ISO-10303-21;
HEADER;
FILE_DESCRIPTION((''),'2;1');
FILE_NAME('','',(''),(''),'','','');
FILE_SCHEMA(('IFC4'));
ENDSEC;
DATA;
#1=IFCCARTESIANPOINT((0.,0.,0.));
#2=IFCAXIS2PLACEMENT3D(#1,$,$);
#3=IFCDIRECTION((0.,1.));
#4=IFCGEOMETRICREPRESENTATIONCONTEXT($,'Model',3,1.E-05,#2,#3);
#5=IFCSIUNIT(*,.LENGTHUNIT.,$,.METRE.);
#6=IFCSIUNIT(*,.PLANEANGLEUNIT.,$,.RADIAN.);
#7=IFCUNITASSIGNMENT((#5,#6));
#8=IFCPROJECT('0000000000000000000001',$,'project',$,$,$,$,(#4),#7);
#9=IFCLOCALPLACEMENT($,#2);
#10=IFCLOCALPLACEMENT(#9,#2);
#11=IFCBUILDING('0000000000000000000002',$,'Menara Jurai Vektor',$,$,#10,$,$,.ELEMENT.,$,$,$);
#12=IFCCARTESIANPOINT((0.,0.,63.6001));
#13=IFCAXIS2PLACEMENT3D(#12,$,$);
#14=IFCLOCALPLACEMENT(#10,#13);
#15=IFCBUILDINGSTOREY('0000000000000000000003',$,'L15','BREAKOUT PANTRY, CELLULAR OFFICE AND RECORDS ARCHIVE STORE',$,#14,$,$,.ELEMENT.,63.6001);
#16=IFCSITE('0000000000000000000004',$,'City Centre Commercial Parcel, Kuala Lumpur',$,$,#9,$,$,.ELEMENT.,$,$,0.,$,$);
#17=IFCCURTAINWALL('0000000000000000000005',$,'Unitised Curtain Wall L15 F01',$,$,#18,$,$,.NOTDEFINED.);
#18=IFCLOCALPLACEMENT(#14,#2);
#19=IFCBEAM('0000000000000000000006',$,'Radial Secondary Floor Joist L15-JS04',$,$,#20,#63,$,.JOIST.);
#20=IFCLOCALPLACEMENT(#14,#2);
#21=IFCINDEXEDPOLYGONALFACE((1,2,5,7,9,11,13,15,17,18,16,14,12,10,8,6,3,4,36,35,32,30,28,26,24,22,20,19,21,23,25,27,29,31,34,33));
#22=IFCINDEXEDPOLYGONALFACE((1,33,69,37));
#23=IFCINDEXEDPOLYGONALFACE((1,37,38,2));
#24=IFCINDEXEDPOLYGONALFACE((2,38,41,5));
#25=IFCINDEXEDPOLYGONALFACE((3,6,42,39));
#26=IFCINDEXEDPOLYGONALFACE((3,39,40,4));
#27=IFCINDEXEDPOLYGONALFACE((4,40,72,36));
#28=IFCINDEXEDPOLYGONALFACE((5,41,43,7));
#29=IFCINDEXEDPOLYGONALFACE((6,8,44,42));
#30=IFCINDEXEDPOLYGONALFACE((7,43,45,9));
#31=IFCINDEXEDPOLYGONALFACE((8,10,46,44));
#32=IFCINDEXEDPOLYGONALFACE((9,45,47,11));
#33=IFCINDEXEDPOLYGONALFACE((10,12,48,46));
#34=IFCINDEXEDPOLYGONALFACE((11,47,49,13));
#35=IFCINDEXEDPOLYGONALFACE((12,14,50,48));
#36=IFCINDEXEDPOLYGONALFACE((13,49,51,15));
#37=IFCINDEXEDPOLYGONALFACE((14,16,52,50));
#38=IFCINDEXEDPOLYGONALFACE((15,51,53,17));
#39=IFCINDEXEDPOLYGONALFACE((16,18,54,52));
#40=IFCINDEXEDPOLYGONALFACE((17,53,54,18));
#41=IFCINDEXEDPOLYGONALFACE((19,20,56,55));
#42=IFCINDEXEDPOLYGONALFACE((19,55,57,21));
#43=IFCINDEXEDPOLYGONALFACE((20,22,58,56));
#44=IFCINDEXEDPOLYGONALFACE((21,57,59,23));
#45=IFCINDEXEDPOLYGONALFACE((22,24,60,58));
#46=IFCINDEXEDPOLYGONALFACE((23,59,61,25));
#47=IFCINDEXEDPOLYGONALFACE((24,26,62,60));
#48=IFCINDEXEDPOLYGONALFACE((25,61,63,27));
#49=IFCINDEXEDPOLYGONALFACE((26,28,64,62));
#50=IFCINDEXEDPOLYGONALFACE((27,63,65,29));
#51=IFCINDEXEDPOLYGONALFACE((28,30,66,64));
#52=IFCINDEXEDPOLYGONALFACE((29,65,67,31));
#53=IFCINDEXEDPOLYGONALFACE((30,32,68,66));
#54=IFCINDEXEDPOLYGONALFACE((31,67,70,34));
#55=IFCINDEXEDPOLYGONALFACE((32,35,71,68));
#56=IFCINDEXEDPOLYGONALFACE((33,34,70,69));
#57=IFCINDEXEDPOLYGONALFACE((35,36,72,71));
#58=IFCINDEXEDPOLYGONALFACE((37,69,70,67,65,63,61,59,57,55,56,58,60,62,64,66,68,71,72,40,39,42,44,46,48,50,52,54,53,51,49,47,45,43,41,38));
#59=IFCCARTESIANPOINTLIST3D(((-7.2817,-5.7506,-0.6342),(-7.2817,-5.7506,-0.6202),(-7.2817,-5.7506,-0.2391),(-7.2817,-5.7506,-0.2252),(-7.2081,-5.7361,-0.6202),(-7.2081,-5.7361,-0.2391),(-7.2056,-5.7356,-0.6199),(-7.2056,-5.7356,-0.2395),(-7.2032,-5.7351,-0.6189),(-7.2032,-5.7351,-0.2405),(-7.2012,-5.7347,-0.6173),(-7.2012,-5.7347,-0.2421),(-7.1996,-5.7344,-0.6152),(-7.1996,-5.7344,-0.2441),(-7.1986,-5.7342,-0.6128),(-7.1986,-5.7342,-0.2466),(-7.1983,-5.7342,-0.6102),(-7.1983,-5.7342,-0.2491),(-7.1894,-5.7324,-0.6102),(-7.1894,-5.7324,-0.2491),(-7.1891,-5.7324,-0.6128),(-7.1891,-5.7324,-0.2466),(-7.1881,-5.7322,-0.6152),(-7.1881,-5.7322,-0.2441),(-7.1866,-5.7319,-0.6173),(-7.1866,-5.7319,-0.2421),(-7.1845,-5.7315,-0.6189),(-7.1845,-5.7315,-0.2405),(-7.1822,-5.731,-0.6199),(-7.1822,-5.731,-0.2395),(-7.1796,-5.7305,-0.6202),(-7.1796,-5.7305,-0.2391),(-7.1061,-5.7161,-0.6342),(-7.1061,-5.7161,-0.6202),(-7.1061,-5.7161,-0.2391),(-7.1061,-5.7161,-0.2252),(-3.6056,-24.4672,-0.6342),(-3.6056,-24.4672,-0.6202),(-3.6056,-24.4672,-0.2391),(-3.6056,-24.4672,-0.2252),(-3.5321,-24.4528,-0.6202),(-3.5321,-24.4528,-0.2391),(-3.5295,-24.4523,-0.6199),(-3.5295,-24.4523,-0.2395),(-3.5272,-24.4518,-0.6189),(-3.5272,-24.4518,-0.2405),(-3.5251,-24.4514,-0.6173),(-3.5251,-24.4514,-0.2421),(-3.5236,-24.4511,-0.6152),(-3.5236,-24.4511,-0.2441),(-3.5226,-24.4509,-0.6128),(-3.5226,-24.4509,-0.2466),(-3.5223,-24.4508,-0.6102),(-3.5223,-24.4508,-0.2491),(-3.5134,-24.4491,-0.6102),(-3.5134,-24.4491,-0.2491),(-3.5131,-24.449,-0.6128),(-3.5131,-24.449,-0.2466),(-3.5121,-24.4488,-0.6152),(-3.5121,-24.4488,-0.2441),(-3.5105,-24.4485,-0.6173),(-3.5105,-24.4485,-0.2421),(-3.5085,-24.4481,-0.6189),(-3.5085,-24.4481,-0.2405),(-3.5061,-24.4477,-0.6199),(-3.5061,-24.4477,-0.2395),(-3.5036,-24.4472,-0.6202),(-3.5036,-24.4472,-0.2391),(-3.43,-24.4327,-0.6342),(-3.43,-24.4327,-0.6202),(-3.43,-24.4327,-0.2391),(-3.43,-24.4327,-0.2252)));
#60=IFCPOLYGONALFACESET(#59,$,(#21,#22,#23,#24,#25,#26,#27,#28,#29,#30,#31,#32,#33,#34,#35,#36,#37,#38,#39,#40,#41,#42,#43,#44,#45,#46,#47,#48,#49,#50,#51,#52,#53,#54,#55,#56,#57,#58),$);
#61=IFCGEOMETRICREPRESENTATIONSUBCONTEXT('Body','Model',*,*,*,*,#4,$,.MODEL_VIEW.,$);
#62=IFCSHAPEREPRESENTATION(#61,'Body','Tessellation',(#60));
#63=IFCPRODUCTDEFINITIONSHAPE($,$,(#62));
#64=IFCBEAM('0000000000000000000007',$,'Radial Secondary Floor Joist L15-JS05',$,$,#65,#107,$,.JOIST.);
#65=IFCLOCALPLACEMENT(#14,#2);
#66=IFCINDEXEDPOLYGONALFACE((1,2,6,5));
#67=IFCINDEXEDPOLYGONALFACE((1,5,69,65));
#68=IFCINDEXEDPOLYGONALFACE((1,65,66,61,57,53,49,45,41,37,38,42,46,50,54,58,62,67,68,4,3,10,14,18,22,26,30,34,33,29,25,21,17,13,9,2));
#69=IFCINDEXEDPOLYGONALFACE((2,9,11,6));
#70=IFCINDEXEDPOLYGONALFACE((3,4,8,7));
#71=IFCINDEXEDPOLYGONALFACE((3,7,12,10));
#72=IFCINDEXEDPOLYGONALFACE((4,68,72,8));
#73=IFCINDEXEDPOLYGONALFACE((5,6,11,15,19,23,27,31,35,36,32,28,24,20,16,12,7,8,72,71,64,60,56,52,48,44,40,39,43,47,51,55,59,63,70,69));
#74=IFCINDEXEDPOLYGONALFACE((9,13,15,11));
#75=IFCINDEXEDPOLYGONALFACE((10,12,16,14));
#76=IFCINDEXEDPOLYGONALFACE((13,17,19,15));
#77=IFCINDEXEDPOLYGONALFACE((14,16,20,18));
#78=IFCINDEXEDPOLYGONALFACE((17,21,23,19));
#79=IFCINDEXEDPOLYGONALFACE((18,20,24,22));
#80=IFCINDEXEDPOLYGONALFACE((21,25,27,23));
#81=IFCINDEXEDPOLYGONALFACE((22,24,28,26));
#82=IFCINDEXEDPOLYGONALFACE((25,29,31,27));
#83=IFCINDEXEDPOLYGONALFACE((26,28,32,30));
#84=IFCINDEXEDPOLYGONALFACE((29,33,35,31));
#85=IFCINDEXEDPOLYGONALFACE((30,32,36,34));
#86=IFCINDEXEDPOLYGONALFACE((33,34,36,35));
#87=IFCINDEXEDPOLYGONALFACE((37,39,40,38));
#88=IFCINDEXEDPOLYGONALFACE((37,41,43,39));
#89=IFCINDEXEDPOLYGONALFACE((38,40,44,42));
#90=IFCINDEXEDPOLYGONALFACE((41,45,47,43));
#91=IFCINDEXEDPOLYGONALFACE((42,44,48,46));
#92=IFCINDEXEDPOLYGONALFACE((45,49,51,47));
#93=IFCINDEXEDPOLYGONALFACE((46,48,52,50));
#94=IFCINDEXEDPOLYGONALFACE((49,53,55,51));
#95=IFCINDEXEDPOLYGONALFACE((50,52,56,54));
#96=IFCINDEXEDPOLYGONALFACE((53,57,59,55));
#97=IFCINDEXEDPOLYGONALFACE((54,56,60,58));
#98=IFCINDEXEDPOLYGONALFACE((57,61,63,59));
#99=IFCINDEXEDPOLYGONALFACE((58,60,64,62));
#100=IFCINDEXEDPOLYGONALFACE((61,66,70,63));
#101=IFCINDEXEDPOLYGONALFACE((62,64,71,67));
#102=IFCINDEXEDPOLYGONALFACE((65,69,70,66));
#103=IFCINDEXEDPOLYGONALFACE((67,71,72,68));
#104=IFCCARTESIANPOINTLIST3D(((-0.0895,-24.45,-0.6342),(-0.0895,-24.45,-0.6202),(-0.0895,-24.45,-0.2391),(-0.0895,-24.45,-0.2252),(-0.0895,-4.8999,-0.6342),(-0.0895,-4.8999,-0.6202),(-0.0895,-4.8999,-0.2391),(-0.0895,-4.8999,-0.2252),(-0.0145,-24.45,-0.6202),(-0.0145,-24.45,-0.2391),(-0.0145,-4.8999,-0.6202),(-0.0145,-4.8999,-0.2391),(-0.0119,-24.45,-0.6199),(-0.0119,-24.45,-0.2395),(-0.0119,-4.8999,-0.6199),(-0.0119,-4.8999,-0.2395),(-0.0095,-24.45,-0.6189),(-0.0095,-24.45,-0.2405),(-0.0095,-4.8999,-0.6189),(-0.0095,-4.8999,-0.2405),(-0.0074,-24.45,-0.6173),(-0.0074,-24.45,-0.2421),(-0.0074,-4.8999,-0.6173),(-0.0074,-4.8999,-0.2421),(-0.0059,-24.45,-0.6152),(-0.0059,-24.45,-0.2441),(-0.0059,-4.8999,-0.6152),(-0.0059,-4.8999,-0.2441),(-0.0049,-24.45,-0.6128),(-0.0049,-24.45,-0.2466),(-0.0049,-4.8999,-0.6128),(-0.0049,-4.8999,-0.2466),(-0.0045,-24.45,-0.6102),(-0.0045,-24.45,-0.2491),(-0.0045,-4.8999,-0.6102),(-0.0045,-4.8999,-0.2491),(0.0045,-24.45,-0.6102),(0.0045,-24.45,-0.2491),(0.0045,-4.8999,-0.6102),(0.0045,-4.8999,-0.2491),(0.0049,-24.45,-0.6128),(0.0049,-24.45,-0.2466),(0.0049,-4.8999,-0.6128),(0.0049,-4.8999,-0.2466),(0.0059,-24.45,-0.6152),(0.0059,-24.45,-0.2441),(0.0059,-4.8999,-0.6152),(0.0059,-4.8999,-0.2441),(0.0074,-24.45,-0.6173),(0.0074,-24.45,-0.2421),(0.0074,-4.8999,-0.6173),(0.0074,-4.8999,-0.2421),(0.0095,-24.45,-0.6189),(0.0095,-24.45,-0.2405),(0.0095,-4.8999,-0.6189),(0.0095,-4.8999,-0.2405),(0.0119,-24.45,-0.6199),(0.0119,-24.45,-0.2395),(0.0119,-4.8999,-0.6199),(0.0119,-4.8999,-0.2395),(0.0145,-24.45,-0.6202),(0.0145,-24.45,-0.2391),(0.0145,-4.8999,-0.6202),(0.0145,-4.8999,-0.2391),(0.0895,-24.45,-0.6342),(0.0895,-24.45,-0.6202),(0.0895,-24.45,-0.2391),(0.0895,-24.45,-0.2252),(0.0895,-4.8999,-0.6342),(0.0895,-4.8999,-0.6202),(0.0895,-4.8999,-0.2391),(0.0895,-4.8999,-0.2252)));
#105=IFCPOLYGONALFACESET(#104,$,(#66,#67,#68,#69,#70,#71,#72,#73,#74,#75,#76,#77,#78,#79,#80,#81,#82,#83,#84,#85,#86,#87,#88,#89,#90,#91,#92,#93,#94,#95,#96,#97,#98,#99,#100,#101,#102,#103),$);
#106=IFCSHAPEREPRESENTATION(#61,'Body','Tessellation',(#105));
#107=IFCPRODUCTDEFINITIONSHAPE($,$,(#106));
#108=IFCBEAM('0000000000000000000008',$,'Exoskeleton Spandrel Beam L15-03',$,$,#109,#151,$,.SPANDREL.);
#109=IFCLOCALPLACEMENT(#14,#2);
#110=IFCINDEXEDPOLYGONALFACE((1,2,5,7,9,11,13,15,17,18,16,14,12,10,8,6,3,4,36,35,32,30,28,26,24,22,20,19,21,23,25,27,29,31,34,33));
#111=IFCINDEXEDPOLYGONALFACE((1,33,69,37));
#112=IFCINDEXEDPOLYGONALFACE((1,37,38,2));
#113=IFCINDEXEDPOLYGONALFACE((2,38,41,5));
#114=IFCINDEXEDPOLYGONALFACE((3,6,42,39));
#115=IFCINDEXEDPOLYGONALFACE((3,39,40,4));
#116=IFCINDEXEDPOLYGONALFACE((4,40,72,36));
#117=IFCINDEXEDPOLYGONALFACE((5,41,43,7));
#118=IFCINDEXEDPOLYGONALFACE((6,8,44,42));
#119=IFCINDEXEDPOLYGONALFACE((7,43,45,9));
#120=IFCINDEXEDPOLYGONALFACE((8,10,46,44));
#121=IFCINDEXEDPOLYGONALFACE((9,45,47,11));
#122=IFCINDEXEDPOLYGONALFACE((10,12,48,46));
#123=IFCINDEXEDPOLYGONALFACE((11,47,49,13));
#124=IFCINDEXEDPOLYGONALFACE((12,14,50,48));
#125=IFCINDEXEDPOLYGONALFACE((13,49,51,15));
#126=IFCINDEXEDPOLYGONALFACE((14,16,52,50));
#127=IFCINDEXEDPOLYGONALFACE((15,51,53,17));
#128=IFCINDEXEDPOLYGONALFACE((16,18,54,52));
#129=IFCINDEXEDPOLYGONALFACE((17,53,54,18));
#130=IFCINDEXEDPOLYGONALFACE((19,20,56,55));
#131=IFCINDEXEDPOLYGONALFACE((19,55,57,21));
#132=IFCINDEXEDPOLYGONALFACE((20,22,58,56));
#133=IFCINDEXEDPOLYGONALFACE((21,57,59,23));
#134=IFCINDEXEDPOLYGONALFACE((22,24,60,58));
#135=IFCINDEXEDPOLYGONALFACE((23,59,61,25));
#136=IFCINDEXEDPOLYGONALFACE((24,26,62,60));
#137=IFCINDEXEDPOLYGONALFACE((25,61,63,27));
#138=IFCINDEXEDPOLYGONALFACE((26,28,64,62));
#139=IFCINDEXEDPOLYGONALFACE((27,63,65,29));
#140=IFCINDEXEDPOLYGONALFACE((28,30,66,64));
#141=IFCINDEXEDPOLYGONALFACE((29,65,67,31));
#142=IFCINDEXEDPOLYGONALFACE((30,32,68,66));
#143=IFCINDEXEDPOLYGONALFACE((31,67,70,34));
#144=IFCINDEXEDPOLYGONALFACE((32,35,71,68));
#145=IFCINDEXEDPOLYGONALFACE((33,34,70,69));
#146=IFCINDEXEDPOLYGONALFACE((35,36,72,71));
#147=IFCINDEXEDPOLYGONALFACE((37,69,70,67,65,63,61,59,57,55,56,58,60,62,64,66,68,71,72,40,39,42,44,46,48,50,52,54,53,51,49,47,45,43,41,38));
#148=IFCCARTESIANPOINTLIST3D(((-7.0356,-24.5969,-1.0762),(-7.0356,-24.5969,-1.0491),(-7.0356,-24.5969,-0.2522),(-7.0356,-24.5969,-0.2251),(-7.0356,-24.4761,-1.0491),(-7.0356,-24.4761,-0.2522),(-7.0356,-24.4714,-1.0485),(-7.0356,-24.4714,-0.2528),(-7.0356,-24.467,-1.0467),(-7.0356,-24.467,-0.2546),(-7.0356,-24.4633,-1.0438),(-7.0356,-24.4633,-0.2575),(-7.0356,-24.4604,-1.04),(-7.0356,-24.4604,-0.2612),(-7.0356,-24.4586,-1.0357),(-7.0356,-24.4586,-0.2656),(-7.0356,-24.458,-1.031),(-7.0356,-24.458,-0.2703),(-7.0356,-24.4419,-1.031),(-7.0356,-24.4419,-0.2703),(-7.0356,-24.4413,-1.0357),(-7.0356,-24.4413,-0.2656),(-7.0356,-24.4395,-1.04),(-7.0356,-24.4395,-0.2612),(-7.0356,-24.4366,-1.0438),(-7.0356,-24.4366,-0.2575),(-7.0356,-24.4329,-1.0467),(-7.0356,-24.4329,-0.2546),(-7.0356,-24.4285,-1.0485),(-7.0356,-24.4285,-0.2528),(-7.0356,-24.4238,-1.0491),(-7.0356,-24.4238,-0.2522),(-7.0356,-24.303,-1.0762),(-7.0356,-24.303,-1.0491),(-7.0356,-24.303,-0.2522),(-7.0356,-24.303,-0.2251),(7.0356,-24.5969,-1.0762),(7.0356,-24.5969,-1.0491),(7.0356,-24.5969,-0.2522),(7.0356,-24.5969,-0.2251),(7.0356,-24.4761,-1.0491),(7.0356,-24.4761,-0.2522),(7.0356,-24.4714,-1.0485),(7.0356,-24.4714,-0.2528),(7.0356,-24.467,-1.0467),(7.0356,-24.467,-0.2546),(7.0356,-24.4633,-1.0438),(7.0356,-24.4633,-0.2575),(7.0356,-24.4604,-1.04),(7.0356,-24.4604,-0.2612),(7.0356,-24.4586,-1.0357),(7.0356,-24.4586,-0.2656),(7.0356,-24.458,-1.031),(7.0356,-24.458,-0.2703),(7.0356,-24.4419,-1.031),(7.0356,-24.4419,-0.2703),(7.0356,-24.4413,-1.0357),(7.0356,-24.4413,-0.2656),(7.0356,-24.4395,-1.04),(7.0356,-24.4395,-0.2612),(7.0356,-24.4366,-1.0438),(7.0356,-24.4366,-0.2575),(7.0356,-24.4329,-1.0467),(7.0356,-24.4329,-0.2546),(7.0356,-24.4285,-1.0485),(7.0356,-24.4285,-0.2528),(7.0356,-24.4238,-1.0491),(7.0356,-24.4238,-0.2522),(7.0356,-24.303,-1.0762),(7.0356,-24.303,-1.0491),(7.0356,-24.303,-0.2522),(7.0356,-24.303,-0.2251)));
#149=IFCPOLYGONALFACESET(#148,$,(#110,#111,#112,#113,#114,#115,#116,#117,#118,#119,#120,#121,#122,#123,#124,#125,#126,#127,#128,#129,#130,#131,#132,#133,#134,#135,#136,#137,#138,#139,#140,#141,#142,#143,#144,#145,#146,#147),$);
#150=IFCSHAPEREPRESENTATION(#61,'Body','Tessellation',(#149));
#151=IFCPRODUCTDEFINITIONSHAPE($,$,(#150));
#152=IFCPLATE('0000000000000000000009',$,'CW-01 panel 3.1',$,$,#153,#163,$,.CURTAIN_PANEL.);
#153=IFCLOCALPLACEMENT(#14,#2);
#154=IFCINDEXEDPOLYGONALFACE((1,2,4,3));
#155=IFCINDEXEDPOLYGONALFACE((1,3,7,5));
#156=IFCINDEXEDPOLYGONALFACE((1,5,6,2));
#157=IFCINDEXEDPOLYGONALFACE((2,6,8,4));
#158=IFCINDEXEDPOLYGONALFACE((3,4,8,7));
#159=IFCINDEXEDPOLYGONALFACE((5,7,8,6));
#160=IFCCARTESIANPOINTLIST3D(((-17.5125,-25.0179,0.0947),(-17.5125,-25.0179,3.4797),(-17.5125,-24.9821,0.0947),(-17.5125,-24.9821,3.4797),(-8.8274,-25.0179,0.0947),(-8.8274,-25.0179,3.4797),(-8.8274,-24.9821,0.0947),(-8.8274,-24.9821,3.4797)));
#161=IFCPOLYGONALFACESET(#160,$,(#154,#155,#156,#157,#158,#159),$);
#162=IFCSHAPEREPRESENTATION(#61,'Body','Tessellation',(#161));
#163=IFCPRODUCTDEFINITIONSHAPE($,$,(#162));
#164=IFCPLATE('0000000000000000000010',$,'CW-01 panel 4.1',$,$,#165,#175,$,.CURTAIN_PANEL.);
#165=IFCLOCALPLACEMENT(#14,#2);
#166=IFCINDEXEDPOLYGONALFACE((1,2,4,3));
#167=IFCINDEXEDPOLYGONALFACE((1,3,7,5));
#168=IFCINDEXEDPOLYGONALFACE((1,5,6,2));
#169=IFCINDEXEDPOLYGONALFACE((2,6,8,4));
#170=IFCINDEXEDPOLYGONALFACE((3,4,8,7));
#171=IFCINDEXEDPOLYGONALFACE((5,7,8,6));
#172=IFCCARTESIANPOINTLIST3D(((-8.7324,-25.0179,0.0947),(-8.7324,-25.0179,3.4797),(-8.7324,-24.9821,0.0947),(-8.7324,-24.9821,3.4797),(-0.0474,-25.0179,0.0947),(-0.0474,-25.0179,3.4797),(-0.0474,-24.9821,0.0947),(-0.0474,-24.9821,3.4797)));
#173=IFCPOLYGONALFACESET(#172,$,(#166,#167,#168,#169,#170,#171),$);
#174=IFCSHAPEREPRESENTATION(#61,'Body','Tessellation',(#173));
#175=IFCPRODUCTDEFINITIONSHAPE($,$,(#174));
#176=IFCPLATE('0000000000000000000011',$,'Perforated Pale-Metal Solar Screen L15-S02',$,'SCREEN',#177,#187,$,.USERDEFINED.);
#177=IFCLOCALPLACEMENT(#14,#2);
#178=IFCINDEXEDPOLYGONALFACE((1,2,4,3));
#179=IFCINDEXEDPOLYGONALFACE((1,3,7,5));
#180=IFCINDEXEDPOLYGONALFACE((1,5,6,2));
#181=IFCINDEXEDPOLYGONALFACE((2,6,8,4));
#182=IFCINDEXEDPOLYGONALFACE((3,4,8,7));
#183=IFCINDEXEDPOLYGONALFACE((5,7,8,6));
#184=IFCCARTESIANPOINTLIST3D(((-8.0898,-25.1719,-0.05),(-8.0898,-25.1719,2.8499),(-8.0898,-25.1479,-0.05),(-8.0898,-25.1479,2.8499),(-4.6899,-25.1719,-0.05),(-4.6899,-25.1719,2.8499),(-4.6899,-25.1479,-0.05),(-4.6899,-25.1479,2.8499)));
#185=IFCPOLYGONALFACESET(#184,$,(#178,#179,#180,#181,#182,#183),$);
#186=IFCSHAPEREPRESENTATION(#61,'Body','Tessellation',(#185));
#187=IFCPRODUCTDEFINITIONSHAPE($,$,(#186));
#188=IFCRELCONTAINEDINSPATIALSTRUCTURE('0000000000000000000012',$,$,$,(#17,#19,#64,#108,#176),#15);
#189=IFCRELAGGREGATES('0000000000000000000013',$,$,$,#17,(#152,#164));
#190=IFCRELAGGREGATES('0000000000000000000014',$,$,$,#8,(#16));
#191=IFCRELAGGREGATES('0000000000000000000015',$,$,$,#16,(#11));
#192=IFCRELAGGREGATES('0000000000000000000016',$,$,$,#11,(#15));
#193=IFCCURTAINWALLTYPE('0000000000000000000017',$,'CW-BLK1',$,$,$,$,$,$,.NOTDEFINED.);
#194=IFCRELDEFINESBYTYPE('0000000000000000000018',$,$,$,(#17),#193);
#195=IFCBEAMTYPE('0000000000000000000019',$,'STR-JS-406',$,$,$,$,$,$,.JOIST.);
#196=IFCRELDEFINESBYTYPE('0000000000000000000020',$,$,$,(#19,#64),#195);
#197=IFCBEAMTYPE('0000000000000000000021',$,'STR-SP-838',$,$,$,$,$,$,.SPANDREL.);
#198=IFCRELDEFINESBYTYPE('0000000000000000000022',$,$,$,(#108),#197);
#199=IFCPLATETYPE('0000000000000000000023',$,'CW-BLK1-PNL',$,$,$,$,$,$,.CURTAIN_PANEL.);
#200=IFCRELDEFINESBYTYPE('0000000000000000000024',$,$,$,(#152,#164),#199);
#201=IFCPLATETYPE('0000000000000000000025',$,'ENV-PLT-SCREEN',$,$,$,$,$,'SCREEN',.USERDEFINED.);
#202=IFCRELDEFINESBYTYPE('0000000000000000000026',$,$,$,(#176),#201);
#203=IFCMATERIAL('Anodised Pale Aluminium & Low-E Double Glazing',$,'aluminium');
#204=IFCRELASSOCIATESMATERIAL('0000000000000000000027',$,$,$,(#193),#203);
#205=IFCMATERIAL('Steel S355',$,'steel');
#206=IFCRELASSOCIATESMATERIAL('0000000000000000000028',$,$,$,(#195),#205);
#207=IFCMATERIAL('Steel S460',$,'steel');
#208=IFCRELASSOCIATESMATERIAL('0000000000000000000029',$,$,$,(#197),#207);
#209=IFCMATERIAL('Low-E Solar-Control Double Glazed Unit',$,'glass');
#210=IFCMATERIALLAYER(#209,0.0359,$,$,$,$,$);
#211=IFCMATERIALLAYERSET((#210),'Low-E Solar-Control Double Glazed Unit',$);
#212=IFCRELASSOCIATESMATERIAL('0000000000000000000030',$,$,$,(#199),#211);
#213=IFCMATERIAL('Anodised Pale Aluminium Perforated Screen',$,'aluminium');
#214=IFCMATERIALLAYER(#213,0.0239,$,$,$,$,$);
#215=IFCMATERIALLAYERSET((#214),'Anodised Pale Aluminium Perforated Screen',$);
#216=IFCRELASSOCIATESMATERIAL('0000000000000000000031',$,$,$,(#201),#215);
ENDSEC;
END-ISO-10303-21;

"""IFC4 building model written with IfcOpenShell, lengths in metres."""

from ifc_helpers import new_model, si_unit, direction, frame, origin, origin_2d, place, context, subcontext, project, spatial, rectangle, i_section, extrude, material, layer, layer_set, material_profile, profile_set, type_object, element, aggregate, save


model = new_model("IFC4")

# Units and contexts
model_context = context("Model", 3, precision=1e-05, world=origin(), true_north=direction((0.0, 1.0)))
body_context = subcontext(model_context, "Body", "Model", "MODEL_VIEW")
ifc_project = project(units=[si_unit("LENGTHUNIT", "METRE"), si_unit("PLANEANGLEUNIT", "RADIAN")], contexts=[model_context])

# Site, building, storey
site_placement = place(None, origin())
site = spatial("IfcSite", under=ifc_project, at=site_placement, Name="City Centre Commercial Parcel, Kuala Lumpur", CompositionType="ELEMENT", RefElevation=0.0)
building_placement = place(site_placement, origin())
building = spatial("IfcBuilding", under=site, at=building_placement, Name="Menara Jurai Vektor", CompositionType="ELEMENT")
storey_placement = place(building_placement, frame((0.0, 0.0, 63.6001)))
storey = spatial("IfcBuildingStorey", under=building, at=storey_placement, Name="L15", Description="BREAKOUT PANTRY, CELLULAR OFFICE AND RECORDS ARCHIVE STORE", CompositionType="ELEMENT", Elevation=63.6001)

# Shared definitions
ifc_material_1 = material(Name="Steel S460", Category="steel")

# Curtain wall
ifc_material_2 = material(Name="Anodised Pale Aluminium & Low-E Double Glazing", Category="aluminium")
curtain_wall_type = type_object("IfcCurtainWallType", Name="CW-BLK1", PredefinedType="NOTDEFINED", material=ifc_material_2)
curtain_wall_placement = place(storey_placement, origin())
curtain_wall = element("IfcCurtainWall", 1, at=curtain_wall_placement, inside=storey, type_object=curtain_wall_type, Name="Unitised Curtain Wall L15 F01", PredefinedType="NOTDEFINED")

# Beams
ifc_material_3 = material(Name="Steel S355", Category="steel")
ifc_material_profile_1 = material_profile(ifc_material_3, i_section(OverallWidth=0.179, OverallDepth=0.4089, WebThickness=0.009, FlangeThickness=0.0139, FilletRadius=0.01, at=origin_2d()), Name="UKB 406x178x67")
ifc_profile_set_1 = profile_set([ifc_material_profile_1], Name="Steel S355")
beam_type_1 = type_object("IfcBeamType", Name="STR-JS-406", PredefinedType="JOIST", material=ifc_profile_set_1)
beam_1_placement = place(storey_placement, frame((-3.5178, -24.45, -0.4297), z_axis=(-0.192723, 0.981253, 0.0), x_axis=(-0.981253, -0.192723, 0.0)))
element("IfcBeam", 2, at=beam_1_placement, inside=storey, type_object=beam_type_1, Name="Radial Secondary Floor Joist L15-JS04", PredefinedType="JOIST", context=body_context, shape_type="SweptSolid", body=[
    extrude(i_section(OverallWidth=0.179, OverallDepth=0.4089, WebThickness=0.009, FlangeThickness=0.0139, FilletRadius=0.01, at=origin_2d()), origin(), (0.0, 0.0, 1.0), 19.0742),
])
beam_2_placement = place(storey_placement, frame((0.0, -24.45, -0.4297), z_axis=(0.0, 1.0, 0.0), x_axis=(-1.0, 0.0, 0.0)))
element("IfcBeam", 3, at=beam_2_placement, inside=storey, type_object=beam_type_1, Name="Radial Secondary Floor Joist L15-JS05", PredefinedType="JOIST", context=body_context, shape_type="SweptSolid", body=[
    extrude(i_section(OverallWidth=0.179, OverallDepth=0.4089, WebThickness=0.009, FlangeThickness=0.0139, FilletRadius=0.01, at=origin_2d()), origin(), (0.0, 0.0, 1.0), 19.55),
])
ifc_material_profile_2 = material_profile(ifc_material_1, i_section(OverallWidth=0.2939, OverallDepth=0.8511, WebThickness=0.0161, FlangeThickness=0.0271, FilletRadius=0.0181, at=origin_2d()), Name="UKB 838x292x226")
ifc_profile_set_2 = profile_set([ifc_material_profile_2], Name="Steel S460")
beam_type_2 = type_object("IfcBeamType", Name="STR-SP-838", PredefinedType="SPANDREL", material=ifc_profile_set_2)
beam_3_placement = place(storey_placement, frame((-7.0356, -24.45, -0.6506), z_axis=(1.0, 0.0, 0.0), x_axis=(0.0, 1.0, 0.0)))
element("IfcBeam", 4, at=beam_3_placement, inside=storey, type_object=beam_type_2, Name="Exoskeleton Spandrel Beam L15-03", PredefinedType="SPANDREL", context=body_context, shape_type="SweptSolid", body=[
    extrude(i_section(OverallWidth=0.2939, OverallDepth=0.8511, WebThickness=0.0161, FlangeThickness=0.0271, FilletRadius=0.0181, at=origin_2d()), origin(), (0.0, 0.0, 1.0), 14.0713),
])

# Plates
ifc_material_4 = material(Name="Low-E Solar-Control Double Glazed Unit", Category="glass")
ifc_layer_1 = layer(ifc_material_4, 0.0359)
ifc_layer_set_1 = layer_set([ifc_layer_1], Name="Low-E Solar-Control Double Glazed Unit")
plate_type_1 = type_object("IfcPlateType", Name="CW-BLK1-PNL", PredefinedType="CURTAIN_PANEL", material=ifc_layer_set_1)
plate_1_placement = place(storey_placement, frame((-13.1699, -25.0, 0.0947), z_axis=(0.0, 0.0, 1.0), x_axis=(1.0, 0.0, 0.0)))
plate_1 = element("IfcPlate", 5, at=plate_1_placement, type_object=plate_type_1, Name="CW-01 panel 3.1", PredefinedType="CURTAIN_PANEL", context=body_context, shape_type="SweptSolid", body=[
    extrude(rectangle(XDim=8.6851, YDim=0.0359, at=origin_2d()), origin(), (0.0, 0.0, 1.0), 3.385),
])
plate_2_placement = place(storey_placement, frame((-4.3899, -25.0, 0.0947), z_axis=(0.0, 0.0, 1.0), x_axis=(1.0, 0.0, 0.0)))
plate_2 = element("IfcPlate", 6, at=plate_2_placement, type_object=plate_type_1, Name="CW-01 panel 4.1", PredefinedType="CURTAIN_PANEL", context=body_context, shape_type="SweptSolid", body=[
    extrude(rectangle(XDim=8.6851, YDim=0.0359, at=origin_2d()), origin(), (0.0, 0.0, 1.0), 3.385),
])
aggregate(curtain_wall, [plate_1, plate_2])
ifc_material_5 = material(Name="Anodised Pale Aluminium Perforated Screen", Category="aluminium")
ifc_layer_2 = layer(ifc_material_5, 0.0239)
ifc_layer_set_2 = layer_set([ifc_layer_2], Name="Anodised Pale Aluminium Perforated Screen")
plate_type_2 = type_object("IfcPlateType", Name="ENV-PLT-SCREEN", ElementType="SCREEN", PredefinedType="USERDEFINED", material=ifc_layer_set_2)
plate_3_placement = place(storey_placement, frame((-6.3899, -25.1599, -0.05), z_axis=(0.0, 0.0, 1.0), x_axis=(1.0, 0.0, 0.0)))
element("IfcPlate", 7, at=plate_3_placement, inside=storey, type_object=plate_type_2, Name="Perforated Pale-Metal Solar Screen L15-S02", ObjectType="SCREEN", PredefinedType="USERDEFINED", context=body_context, shape_type="SweptSolid", body=[
    extrude(rectangle(XDim=3.3999, YDim=0.0239, at=origin_2d()), origin(), (0.0, 0.0, 1.0), 2.8999),
])

save(model, "model.ifc")
